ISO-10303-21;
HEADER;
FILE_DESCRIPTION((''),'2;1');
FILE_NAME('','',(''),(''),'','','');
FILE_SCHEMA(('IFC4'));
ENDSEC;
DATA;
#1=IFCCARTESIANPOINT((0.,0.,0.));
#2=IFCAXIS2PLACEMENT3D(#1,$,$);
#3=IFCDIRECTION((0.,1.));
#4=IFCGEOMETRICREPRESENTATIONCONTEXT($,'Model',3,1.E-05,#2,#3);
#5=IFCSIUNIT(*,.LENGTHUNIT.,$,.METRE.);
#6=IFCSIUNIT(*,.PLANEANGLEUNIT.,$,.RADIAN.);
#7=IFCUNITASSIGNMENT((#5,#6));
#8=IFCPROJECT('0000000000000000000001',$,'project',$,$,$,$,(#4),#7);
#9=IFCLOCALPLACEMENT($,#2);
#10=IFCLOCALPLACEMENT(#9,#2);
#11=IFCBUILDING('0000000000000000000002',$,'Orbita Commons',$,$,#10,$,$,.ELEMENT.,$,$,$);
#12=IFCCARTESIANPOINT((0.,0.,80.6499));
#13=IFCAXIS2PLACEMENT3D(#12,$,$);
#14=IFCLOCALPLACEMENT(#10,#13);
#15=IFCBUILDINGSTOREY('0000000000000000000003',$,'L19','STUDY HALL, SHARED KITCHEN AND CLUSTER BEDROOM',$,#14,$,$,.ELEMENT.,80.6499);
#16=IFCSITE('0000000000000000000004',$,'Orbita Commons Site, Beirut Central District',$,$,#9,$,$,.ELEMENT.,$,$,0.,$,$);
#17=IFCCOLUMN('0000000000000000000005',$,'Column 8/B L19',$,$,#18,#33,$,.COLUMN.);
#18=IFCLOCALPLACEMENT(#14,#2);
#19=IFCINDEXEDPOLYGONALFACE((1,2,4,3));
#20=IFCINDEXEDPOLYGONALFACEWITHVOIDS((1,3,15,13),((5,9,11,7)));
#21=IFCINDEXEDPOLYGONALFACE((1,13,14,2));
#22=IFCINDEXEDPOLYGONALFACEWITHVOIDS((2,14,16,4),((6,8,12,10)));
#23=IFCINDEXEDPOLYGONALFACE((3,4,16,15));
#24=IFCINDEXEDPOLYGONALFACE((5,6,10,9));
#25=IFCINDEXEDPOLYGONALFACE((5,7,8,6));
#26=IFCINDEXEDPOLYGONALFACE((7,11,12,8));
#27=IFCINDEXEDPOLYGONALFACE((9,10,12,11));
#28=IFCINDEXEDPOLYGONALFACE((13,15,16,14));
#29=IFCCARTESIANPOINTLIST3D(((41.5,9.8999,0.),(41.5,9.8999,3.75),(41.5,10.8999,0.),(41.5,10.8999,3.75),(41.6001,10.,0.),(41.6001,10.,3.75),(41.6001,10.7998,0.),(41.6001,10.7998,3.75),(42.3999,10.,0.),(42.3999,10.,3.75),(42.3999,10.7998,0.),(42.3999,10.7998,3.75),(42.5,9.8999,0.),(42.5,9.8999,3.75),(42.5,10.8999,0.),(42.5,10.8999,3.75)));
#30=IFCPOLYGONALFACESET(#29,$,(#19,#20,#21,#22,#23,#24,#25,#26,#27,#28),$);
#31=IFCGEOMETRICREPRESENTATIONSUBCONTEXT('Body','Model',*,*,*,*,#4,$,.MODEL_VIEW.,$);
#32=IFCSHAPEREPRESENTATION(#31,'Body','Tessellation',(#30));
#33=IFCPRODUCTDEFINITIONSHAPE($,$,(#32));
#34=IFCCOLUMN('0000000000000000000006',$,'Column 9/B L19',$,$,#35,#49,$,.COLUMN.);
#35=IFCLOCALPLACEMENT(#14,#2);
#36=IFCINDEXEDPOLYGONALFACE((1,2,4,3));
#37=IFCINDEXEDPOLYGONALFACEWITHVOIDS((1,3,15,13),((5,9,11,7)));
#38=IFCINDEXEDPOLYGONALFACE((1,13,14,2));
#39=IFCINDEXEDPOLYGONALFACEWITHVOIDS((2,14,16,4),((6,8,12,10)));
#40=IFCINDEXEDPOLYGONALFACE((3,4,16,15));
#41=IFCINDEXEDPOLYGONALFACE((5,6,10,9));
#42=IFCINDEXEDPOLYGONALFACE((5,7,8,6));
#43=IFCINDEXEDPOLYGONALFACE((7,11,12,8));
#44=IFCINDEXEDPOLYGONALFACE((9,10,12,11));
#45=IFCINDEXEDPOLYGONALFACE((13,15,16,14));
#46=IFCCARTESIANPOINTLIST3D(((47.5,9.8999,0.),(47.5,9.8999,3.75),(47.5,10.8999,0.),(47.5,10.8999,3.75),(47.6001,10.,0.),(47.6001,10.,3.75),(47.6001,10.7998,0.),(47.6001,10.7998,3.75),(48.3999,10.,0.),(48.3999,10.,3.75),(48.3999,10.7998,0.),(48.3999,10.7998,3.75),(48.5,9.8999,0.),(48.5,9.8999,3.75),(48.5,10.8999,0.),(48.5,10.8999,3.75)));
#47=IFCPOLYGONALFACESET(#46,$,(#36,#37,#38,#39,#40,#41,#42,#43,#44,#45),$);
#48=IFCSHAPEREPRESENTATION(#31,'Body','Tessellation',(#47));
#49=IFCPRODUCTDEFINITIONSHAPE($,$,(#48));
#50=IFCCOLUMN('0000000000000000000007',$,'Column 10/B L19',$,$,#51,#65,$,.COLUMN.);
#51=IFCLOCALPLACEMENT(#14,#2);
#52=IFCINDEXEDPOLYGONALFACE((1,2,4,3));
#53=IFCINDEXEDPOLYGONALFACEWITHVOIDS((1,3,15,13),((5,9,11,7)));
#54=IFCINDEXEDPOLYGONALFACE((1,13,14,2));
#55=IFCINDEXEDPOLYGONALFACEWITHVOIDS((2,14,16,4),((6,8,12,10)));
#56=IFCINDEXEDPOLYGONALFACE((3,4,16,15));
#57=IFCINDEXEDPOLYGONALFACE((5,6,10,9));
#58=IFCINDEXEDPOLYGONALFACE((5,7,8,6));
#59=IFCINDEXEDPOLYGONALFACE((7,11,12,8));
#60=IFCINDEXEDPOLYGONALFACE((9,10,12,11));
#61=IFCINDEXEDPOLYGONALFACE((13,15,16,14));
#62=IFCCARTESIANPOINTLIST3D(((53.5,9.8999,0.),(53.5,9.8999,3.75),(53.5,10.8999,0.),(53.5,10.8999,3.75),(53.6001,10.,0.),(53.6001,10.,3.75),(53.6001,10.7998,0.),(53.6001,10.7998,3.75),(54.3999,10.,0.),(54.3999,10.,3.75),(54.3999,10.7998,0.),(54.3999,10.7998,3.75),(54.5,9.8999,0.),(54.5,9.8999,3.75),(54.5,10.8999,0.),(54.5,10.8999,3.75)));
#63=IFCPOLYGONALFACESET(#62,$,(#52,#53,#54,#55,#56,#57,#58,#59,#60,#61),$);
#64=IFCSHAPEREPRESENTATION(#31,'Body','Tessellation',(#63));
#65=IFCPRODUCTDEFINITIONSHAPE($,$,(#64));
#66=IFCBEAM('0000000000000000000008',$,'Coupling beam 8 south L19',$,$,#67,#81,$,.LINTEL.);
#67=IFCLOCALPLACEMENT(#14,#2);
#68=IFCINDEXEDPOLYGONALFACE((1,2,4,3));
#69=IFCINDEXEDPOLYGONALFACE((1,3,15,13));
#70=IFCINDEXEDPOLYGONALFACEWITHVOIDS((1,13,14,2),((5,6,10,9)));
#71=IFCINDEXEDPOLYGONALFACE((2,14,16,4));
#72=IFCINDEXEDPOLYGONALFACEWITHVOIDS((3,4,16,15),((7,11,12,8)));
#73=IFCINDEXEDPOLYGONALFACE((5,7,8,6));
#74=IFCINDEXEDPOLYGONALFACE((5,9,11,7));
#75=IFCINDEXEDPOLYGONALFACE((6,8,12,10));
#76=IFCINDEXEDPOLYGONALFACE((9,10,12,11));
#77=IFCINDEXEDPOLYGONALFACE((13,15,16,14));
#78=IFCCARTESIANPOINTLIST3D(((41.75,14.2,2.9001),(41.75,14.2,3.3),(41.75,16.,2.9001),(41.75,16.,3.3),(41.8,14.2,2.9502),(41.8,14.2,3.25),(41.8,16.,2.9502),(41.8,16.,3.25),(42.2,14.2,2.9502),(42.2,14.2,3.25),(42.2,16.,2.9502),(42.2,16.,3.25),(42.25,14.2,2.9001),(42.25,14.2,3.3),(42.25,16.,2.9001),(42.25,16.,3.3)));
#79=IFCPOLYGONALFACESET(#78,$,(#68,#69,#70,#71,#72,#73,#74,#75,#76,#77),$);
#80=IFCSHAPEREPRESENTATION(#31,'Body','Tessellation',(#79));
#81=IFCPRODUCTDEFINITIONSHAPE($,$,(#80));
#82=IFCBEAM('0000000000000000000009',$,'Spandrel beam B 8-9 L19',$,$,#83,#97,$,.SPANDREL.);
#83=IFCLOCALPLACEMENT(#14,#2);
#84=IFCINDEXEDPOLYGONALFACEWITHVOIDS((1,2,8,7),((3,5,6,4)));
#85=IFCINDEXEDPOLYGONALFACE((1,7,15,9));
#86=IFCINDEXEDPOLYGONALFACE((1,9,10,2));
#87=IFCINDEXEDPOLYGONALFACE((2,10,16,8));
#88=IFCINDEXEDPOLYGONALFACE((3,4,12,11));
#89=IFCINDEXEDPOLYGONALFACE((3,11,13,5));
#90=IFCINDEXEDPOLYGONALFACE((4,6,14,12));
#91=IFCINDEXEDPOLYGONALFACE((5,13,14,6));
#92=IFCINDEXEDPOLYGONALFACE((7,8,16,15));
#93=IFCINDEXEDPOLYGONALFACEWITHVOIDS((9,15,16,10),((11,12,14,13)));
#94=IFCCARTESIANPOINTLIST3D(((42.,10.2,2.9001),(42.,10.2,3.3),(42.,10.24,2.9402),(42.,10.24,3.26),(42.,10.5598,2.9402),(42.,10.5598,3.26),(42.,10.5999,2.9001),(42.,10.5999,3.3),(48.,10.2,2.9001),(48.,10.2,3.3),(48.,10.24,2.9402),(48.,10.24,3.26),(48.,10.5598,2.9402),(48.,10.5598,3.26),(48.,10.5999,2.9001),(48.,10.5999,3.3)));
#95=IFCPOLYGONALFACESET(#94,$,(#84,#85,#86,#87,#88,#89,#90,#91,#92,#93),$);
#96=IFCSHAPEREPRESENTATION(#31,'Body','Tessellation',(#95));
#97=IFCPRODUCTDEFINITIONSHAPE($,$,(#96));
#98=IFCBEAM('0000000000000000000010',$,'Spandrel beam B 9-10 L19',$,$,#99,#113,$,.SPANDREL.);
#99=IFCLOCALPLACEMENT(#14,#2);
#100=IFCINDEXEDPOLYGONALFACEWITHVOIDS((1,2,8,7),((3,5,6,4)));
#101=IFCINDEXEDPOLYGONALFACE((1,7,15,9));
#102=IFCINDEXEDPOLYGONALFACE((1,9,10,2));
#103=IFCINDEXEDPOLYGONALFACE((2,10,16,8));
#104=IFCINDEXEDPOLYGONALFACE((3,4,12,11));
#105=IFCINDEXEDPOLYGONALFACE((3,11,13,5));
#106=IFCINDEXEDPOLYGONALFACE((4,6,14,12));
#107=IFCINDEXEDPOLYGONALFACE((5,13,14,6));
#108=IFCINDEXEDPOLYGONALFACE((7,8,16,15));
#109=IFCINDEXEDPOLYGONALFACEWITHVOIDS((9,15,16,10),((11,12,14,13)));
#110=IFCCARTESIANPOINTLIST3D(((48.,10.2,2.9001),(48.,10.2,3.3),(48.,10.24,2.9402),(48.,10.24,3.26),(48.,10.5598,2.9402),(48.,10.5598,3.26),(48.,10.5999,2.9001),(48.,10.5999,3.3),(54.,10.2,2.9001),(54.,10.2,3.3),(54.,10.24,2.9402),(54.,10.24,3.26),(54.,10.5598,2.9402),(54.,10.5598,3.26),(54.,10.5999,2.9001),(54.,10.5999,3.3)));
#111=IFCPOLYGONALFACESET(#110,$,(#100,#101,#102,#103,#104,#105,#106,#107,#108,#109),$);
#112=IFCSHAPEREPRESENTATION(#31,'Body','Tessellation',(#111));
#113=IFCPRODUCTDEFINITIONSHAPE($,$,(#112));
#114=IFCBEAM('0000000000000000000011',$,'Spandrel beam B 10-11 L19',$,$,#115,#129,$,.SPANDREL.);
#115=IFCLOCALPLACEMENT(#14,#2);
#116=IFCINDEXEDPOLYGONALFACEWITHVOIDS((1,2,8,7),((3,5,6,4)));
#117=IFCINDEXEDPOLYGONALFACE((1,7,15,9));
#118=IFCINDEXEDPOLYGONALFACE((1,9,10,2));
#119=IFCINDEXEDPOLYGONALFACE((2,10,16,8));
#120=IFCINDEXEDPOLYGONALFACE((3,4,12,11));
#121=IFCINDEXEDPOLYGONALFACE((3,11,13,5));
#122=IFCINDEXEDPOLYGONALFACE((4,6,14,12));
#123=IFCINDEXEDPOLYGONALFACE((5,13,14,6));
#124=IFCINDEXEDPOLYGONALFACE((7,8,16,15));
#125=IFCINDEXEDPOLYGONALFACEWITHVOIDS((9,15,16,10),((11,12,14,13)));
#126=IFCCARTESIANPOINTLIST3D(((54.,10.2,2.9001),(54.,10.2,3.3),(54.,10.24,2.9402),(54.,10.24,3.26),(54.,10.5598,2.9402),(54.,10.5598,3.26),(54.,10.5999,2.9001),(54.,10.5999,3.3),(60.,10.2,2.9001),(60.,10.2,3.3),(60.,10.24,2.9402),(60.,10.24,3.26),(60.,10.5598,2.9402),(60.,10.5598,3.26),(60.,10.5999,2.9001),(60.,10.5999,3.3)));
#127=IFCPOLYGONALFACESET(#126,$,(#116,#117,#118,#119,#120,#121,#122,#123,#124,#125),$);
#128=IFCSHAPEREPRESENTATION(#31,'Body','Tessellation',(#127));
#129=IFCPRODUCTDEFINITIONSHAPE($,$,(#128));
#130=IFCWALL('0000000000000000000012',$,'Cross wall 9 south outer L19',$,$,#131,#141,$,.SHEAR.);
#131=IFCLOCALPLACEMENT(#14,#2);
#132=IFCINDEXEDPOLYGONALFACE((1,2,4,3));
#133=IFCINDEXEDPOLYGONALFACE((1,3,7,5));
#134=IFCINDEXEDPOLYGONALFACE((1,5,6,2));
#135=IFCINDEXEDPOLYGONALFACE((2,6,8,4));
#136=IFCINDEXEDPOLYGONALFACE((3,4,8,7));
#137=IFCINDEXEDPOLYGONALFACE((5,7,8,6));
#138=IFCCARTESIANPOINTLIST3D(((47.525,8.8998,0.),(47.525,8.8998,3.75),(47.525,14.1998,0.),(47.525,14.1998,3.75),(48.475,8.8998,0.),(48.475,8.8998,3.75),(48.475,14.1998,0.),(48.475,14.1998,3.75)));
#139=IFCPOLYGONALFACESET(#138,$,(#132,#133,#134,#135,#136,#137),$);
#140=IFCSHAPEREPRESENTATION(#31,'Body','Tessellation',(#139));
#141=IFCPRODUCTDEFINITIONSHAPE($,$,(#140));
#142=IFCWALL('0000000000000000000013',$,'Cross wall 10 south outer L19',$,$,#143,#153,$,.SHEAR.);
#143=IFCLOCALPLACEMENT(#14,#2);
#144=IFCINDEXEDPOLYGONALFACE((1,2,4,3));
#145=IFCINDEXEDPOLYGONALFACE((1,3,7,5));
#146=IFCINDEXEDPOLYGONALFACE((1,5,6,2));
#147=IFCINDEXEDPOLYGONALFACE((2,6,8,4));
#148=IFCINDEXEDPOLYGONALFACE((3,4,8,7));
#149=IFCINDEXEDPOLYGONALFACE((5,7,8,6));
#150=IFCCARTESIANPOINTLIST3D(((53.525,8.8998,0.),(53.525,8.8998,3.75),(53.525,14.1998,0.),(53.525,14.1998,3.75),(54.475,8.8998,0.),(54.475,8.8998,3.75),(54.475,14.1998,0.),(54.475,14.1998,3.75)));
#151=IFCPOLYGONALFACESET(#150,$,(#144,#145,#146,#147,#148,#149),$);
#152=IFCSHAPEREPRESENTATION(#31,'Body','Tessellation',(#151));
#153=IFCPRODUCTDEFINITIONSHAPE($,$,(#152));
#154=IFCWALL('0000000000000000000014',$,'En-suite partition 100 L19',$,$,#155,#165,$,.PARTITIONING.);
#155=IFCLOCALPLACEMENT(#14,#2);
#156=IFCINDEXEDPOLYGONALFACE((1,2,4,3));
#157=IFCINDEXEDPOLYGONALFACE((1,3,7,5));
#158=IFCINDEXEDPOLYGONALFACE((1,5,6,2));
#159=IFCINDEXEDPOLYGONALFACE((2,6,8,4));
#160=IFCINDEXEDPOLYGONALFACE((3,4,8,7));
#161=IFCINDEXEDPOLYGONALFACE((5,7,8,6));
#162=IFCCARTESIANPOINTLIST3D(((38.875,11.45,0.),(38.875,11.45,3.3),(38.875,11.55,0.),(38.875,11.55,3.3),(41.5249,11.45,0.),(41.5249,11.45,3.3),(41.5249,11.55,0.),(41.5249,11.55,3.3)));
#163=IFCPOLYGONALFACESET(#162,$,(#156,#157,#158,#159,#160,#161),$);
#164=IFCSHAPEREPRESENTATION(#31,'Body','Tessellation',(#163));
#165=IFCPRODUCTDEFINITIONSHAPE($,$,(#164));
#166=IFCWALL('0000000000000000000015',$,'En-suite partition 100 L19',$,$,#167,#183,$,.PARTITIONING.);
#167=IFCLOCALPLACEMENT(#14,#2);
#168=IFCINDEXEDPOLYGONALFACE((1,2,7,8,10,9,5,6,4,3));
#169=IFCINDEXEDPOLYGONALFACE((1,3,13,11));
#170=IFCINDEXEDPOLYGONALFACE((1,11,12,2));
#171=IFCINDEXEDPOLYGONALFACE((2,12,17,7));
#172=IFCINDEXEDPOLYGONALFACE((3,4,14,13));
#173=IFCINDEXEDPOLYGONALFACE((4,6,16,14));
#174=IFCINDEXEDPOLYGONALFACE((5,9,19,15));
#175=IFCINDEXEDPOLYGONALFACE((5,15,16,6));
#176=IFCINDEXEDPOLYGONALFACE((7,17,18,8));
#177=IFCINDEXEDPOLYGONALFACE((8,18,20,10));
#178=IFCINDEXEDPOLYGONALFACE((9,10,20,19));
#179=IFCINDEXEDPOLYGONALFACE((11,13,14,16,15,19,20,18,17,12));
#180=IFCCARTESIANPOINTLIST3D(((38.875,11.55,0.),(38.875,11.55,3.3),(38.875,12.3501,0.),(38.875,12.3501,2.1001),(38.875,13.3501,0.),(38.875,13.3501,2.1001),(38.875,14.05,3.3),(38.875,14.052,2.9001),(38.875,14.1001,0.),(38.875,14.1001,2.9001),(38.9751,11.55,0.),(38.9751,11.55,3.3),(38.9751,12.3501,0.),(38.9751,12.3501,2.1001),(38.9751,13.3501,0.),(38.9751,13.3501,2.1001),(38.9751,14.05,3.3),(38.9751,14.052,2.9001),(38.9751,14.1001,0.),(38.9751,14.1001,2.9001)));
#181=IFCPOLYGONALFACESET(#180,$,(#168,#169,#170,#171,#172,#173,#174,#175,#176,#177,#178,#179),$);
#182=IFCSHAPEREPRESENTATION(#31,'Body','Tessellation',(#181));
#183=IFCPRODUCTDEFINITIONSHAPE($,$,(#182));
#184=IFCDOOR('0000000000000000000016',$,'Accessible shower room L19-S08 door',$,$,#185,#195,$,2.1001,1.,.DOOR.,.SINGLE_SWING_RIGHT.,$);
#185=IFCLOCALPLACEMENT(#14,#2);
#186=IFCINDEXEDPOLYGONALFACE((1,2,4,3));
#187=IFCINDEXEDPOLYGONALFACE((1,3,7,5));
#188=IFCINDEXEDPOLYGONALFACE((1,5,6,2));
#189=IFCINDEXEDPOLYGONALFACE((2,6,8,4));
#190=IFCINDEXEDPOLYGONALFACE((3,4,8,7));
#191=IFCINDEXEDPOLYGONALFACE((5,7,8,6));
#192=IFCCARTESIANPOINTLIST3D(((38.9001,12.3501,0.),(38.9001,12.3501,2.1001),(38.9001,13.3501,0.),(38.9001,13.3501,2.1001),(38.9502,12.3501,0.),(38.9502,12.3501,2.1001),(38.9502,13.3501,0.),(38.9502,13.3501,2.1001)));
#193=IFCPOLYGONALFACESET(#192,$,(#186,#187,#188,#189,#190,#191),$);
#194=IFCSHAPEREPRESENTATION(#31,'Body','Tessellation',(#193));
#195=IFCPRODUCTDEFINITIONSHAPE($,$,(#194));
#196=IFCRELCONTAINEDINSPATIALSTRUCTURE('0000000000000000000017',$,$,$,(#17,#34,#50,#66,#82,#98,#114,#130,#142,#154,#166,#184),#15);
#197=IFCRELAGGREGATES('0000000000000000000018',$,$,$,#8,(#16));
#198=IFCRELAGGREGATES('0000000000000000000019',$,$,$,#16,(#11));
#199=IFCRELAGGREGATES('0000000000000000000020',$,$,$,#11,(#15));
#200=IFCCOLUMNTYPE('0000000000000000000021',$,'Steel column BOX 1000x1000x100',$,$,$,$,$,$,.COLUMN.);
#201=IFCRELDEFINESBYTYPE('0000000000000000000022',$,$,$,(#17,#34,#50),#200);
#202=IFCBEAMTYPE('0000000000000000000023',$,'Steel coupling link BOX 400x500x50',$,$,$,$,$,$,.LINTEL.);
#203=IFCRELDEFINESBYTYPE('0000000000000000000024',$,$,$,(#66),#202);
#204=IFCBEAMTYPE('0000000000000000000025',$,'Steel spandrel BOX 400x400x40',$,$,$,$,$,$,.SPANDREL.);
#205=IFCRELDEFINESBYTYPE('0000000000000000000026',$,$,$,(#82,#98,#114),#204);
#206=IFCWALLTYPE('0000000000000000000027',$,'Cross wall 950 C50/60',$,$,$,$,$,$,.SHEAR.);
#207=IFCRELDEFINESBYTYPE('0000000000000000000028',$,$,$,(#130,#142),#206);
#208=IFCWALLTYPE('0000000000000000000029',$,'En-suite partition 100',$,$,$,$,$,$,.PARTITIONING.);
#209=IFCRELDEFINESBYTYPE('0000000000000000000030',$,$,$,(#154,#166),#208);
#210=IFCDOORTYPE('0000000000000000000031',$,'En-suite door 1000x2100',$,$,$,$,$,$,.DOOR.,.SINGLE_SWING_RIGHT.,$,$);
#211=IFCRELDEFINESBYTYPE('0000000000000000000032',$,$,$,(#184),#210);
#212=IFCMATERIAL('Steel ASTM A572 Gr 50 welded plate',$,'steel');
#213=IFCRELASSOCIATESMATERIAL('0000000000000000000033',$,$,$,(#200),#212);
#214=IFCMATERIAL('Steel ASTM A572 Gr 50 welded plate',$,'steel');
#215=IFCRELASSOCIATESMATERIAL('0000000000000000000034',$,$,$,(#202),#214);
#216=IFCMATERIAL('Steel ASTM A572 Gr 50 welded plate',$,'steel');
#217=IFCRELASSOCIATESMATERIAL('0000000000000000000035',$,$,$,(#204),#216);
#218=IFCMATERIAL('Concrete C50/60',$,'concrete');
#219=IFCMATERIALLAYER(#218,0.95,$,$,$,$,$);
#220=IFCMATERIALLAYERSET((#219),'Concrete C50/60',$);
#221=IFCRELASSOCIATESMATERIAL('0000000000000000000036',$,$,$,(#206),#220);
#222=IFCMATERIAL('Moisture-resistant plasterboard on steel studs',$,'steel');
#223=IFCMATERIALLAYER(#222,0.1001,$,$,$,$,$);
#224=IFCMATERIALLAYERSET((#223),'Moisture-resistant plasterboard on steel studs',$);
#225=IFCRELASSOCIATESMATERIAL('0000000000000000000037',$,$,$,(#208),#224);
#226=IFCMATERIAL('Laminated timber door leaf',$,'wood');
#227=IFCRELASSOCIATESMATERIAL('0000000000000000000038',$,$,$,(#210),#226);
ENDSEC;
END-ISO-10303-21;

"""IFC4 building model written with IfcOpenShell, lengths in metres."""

from ifc_helpers import new_model, si_unit, direction, frame, frame_2d, origin, origin_2d, place, context, subcontext, project, spatial, polyline, rectangle, hollow_rectangle, outline, extrude, material, layer, layer_set, material_profile, profile_set, type_object, element, fill, save


model = new_model("IFC4")

# Units and contexts
model_context = context("Model", 3, precision=1e-05, world=origin(), true_north=direction((0.0, 1.0)))
body_context = subcontext(model_context, "Body", "Model", "MODEL_VIEW")
ifc_project = project(units=[si_unit("LENGTHUNIT", "METRE"), si_unit("PLANEANGLEUNIT", "RADIAN")], contexts=[model_context])

# Site, building, storey
site_placement = place(None, origin())
site = spatial("IfcSite", under=ifc_project, at=site_placement, Name="Orbita Commons Site, Beirut Central District", CompositionType="ELEMENT", RefElevation=0.0)
building_placement = place(site_placement, origin())
building = spatial("IfcBuilding", under=site, at=building_placement, Name="Orbita Commons", CompositionType="ELEMENT")
storey_placement = place(building_placement, frame((0.0, 0.0, 80.6499)))
storey = spatial("IfcBuildingStorey", under=building, at=storey_placement, Name="L19", Description="STUDY HALL, SHARED KITCHEN AND CLUSTER BEDROOM", CompositionType="ELEMENT", Elevation=80.6499)

# Columns
ifc_material_1 = material(Name="Steel ASTM A572 Gr 50 welded plate", Category="steel")
ifc_material_profile_1 = material_profile(ifc_material_1, hollow_rectangle(XDim=1.0, YDim=1.0, WallThickness=0.1001, at=origin_2d()), Name="BOX 1000x1000x100")
ifc_profile_set_1 = profile_set([ifc_material_profile_1], Name="Steel ASTM A572 Gr 50 welded plate")
column_type = type_object("IfcColumnType", Name="Steel column BOX 1000x1000x100", PredefinedType="COLUMN", material=ifc_profile_set_1)
for number, where, z_axis, x_axis, name in (
    (1, (42.0, 10.3999, 0.0), (0.0, 0.0, 1.0), (1.0, 0.0, 0.0), "Column 8/B L19"),
    (2, (48.0, 10.3999, 0.0), (0.0, 0.0, 1.0), (1.0, 0.0, 0.0), "Column 9/B L19"),
    (3, (54.0, 10.3999, 0.0), (0.0, 0.0, 1.0), (1.0, 0.0, 0.0), "Column 10/B L19"),
):
    element("IfcColumn", number, at=place(storey_placement, frame(where, z_axis=z_axis, x_axis=x_axis)), inside=storey, type_object=column_type, Name=name, PredefinedType="COLUMN", context=body_context, shape_type="SweptSolid", body=[
        extrude(hollow_rectangle(XDim=1.0, YDim=1.0, WallThickness=0.1001, at=origin_2d()), origin(), (0.0, 0.0, 1.0), 3.75),
    ])

# Beams
ifc_material_2 = material(Name="Steel ASTM A572 Gr 50 welded plate", Category="steel")
ifc_material_profile_2 = material_profile(ifc_material_2, hollow_rectangle(XDim=0.5, YDim=0.3999, WallThickness=0.05, at=origin_2d()), Name="BOX 400x500x50")
ifc_profile_set_2 = profile_set([ifc_material_profile_2], Name="Steel ASTM A572 Gr 50 welded plate")
beam_type_1 = type_object("IfcBeamType", Name="Steel coupling link BOX 400x500x50", PredefinedType="LINTEL", material=ifc_profile_set_2)
beam_placement = place(storey_placement, frame((42.0, 14.2, 3.1001), z_axis=(0.0, 1.0, 0.0), x_axis=(-1.0, 0.0, 0.0)))
element("IfcBeam", 4, at=beam_placement, inside=storey, type_object=beam_type_1, Name="Coupling beam 8 south L19", PredefinedType="LINTEL", context=body_context, shape_type="SweptSolid", body=[
    extrude(hollow_rectangle(XDim=0.5, YDim=0.3999, WallThickness=0.05, at=origin_2d()), origin(), (0.0, 0.0, 1.0), 1.8),
])
ifc_material_3 = material(Name="Steel ASTM A572 Gr 50 welded plate", Category="steel")
ifc_material_profile_3 = material_profile(ifc_material_3, hollow_rectangle(XDim=0.3999, YDim=0.3999, WallThickness=0.04, at=origin_2d()), Name="BOX 400x400x40")
ifc_profile_set_3 = profile_set([ifc_material_profile_3], Name="Steel ASTM A572 Gr 50 welded plate")
beam_type_2 = type_object("IfcBeamType", Name="Steel spandrel BOX 400x400x40", PredefinedType="SPANDREL", material=ifc_profile_set_3)
for number, where, z_axis, x_axis, name in (
    (5, (42.0, 10.3999, 3.1001), (1.0, 0.0, 0.0), (0.0, 1.0, 0.0), "Spandrel beam B 8-9 L19"),
    (6, (48.0, 10.3999, 3.1001), (1.0, 0.0, 0.0), (0.0, 1.0, 0.0), "Spandrel beam B 9-10 L19"),
    (7, (54.0, 10.3999, 3.1001), (1.0, 0.0, 0.0), (0.0, 1.0, 0.0), "Spandrel beam B 10-11 L19"),
):
    element("IfcBeam", number, at=place(storey_placement, frame(where, z_axis=z_axis, x_axis=x_axis)), inside=storey, type_object=beam_type_2, Name=name, PredefinedType="SPANDREL", context=body_context, shape_type="SweptSolid", body=[
        extrude(hollow_rectangle(XDim=0.3999, YDim=0.3999, WallThickness=0.04, at=origin_2d()), origin(), (0.0, 0.0, 1.0), 6.0),
    ])

# Walls
ifc_material_4 = material(Name="Concrete C50/60", Category="concrete")
ifc_layer_1 = layer(ifc_material_4, 0.95)
ifc_layer_set_1 = layer_set([ifc_layer_1], Name="Concrete C50/60")
wall_type_1 = type_object("IfcWallType", Name="Cross wall 950 C50/60", PredefinedType="SHEAR", material=ifc_layer_set_1)
for number, where, z_axis, x_axis, name in (
    (8, (48.0, 8.8999, 0.0), (0.0, 0.0, 1.0), (0.0, 1.0, 0.0), "Cross wall 9 south outer L19"),
    (9, (54.0, 8.8999, 0.0), (0.0, 0.0, 1.0), (0.0, 1.0, 0.0), "Cross wall 10 south outer L19"),
):
    element("IfcWall", number, at=place(storey_placement, frame(where, z_axis=z_axis, x_axis=x_axis)), inside=storey, type_object=wall_type_1, Name=name, PredefinedType="SHEAR", context=body_context, shape_type="SweptSolid", body=[
        extrude(rectangle(XDim=5.3, YDim=0.95, at=frame_2d((2.6499, 0.0))), origin(), (0.0, 0.0, 1.0), 3.75),
    ])
ifc_material_5 = material(Name="Moisture-resistant plasterboard on steel studs", Category="steel")
ifc_layer_2 = layer(ifc_material_5, 0.1001)
ifc_layer_set_2 = layer_set([ifc_layer_2], Name="Moisture-resistant plasterboard on steel studs")
wall_type_2 = type_object("IfcWallType", Name="En-suite partition 100", PredefinedType="PARTITIONING", material=ifc_layer_set_2)
wall_1_placement = place(storey_placement, frame((38.875, 11.5, 0.0), z_axis=(0.0, 0.0, 1.0), x_axis=(1.0, 0.0, 0.0)))
element("IfcWall", 10, at=wall_1_placement, inside=storey, type_object=wall_type_2, Name="En-suite partition 100 L19", PredefinedType="PARTITIONING", context=body_context, shape_type="SweptSolid", body=[
    extrude(rectangle(XDim=2.6499, YDim=0.1001, at=frame_2d((1.325, 0.0))), origin(), (0.0, 0.0, 1.0), 3.3),
])

# Wall, opening, door
wall_2_placement = place(storey_placement, frame((38.925, 11.55, 0.0), z_axis=(0.0, 0.0, 1.0), x_axis=(0.0, 1.0, 0.0)))
wall_2 = element("IfcWall", 11, at=wall_2_placement, inside=storey, type_object=wall_type_2, Name="En-suite partition 100 L19", PredefinedType="PARTITIONING", context=body_context, shape_type="SweptSolid", body=[
    extrude(outline(polyline([(0.0, 0.0), (2.55, 0.0), (2.55, 2.9001), (2.502, 2.9001), (2.5, 3.3), (0.0, 3.3), (0.0, 0.0)])), frame((0.0, 0.05, 0.0), z_axis=(0.0, -1.0, 0.0), x_axis=(1.0, 0.0, 0.0)), (0.0, 0.0, 1.0), 0.1001),
])
opening_1_placement = place(wall_2_placement, frame((0.8, 0.0, 0.0)))
opening_1 = element("IfcOpeningElement", 12, at=opening_1_placement, cuts=wall_2, PredefinedType="OPENING", context=body_context, shape_type="SweptSolid", body=[
    extrude(rectangle(XDim=1.0, YDim=2.1001, at=frame_2d((0.5, 1.05))), frame((0.0, 0.0601, 0.0), z_axis=(0.0, -1.0, 0.0), x_axis=(1.0, 0.0, 0.0)), (0.0, 0.0, 1.0), 0.1201),
])
ifc_material_6 = material(Name="Laminated timber door leaf", Category="wood")
door_type_1 = type_object("IfcDoorType", Name="En-suite door 1000x2100", OperationType="SINGLE_SWING_RIGHT", PredefinedType="DOOR", material=ifc_material_6)
door_1_placement = place(opening_1_placement, origin())
door_1 = element("IfcDoor", 13, at=door_1_placement, inside=storey, type_object=door_type_1, Name="Accessible shower room L19-S08 door", OperationType="SINGLE_SWING_RIGHT", OverallHeight=2.1001, OverallWidth=1.0, PredefinedType="DOOR", context=body_context, shape_type="SweptSolid", body=[
    extrude(rectangle(XDim=1.0, YDim=2.1001, at=frame_2d((0.5, 1.05))), frame((0.0, 0.0249, 0.0), z_axis=(0.0, -1.0, 0.0), x_axis=(1.0, 0.0, 0.0)), (0.0, 0.0, 1.0), 0.05),
])
fill(opening_1, door_1)

save(model, "model.ifc")
